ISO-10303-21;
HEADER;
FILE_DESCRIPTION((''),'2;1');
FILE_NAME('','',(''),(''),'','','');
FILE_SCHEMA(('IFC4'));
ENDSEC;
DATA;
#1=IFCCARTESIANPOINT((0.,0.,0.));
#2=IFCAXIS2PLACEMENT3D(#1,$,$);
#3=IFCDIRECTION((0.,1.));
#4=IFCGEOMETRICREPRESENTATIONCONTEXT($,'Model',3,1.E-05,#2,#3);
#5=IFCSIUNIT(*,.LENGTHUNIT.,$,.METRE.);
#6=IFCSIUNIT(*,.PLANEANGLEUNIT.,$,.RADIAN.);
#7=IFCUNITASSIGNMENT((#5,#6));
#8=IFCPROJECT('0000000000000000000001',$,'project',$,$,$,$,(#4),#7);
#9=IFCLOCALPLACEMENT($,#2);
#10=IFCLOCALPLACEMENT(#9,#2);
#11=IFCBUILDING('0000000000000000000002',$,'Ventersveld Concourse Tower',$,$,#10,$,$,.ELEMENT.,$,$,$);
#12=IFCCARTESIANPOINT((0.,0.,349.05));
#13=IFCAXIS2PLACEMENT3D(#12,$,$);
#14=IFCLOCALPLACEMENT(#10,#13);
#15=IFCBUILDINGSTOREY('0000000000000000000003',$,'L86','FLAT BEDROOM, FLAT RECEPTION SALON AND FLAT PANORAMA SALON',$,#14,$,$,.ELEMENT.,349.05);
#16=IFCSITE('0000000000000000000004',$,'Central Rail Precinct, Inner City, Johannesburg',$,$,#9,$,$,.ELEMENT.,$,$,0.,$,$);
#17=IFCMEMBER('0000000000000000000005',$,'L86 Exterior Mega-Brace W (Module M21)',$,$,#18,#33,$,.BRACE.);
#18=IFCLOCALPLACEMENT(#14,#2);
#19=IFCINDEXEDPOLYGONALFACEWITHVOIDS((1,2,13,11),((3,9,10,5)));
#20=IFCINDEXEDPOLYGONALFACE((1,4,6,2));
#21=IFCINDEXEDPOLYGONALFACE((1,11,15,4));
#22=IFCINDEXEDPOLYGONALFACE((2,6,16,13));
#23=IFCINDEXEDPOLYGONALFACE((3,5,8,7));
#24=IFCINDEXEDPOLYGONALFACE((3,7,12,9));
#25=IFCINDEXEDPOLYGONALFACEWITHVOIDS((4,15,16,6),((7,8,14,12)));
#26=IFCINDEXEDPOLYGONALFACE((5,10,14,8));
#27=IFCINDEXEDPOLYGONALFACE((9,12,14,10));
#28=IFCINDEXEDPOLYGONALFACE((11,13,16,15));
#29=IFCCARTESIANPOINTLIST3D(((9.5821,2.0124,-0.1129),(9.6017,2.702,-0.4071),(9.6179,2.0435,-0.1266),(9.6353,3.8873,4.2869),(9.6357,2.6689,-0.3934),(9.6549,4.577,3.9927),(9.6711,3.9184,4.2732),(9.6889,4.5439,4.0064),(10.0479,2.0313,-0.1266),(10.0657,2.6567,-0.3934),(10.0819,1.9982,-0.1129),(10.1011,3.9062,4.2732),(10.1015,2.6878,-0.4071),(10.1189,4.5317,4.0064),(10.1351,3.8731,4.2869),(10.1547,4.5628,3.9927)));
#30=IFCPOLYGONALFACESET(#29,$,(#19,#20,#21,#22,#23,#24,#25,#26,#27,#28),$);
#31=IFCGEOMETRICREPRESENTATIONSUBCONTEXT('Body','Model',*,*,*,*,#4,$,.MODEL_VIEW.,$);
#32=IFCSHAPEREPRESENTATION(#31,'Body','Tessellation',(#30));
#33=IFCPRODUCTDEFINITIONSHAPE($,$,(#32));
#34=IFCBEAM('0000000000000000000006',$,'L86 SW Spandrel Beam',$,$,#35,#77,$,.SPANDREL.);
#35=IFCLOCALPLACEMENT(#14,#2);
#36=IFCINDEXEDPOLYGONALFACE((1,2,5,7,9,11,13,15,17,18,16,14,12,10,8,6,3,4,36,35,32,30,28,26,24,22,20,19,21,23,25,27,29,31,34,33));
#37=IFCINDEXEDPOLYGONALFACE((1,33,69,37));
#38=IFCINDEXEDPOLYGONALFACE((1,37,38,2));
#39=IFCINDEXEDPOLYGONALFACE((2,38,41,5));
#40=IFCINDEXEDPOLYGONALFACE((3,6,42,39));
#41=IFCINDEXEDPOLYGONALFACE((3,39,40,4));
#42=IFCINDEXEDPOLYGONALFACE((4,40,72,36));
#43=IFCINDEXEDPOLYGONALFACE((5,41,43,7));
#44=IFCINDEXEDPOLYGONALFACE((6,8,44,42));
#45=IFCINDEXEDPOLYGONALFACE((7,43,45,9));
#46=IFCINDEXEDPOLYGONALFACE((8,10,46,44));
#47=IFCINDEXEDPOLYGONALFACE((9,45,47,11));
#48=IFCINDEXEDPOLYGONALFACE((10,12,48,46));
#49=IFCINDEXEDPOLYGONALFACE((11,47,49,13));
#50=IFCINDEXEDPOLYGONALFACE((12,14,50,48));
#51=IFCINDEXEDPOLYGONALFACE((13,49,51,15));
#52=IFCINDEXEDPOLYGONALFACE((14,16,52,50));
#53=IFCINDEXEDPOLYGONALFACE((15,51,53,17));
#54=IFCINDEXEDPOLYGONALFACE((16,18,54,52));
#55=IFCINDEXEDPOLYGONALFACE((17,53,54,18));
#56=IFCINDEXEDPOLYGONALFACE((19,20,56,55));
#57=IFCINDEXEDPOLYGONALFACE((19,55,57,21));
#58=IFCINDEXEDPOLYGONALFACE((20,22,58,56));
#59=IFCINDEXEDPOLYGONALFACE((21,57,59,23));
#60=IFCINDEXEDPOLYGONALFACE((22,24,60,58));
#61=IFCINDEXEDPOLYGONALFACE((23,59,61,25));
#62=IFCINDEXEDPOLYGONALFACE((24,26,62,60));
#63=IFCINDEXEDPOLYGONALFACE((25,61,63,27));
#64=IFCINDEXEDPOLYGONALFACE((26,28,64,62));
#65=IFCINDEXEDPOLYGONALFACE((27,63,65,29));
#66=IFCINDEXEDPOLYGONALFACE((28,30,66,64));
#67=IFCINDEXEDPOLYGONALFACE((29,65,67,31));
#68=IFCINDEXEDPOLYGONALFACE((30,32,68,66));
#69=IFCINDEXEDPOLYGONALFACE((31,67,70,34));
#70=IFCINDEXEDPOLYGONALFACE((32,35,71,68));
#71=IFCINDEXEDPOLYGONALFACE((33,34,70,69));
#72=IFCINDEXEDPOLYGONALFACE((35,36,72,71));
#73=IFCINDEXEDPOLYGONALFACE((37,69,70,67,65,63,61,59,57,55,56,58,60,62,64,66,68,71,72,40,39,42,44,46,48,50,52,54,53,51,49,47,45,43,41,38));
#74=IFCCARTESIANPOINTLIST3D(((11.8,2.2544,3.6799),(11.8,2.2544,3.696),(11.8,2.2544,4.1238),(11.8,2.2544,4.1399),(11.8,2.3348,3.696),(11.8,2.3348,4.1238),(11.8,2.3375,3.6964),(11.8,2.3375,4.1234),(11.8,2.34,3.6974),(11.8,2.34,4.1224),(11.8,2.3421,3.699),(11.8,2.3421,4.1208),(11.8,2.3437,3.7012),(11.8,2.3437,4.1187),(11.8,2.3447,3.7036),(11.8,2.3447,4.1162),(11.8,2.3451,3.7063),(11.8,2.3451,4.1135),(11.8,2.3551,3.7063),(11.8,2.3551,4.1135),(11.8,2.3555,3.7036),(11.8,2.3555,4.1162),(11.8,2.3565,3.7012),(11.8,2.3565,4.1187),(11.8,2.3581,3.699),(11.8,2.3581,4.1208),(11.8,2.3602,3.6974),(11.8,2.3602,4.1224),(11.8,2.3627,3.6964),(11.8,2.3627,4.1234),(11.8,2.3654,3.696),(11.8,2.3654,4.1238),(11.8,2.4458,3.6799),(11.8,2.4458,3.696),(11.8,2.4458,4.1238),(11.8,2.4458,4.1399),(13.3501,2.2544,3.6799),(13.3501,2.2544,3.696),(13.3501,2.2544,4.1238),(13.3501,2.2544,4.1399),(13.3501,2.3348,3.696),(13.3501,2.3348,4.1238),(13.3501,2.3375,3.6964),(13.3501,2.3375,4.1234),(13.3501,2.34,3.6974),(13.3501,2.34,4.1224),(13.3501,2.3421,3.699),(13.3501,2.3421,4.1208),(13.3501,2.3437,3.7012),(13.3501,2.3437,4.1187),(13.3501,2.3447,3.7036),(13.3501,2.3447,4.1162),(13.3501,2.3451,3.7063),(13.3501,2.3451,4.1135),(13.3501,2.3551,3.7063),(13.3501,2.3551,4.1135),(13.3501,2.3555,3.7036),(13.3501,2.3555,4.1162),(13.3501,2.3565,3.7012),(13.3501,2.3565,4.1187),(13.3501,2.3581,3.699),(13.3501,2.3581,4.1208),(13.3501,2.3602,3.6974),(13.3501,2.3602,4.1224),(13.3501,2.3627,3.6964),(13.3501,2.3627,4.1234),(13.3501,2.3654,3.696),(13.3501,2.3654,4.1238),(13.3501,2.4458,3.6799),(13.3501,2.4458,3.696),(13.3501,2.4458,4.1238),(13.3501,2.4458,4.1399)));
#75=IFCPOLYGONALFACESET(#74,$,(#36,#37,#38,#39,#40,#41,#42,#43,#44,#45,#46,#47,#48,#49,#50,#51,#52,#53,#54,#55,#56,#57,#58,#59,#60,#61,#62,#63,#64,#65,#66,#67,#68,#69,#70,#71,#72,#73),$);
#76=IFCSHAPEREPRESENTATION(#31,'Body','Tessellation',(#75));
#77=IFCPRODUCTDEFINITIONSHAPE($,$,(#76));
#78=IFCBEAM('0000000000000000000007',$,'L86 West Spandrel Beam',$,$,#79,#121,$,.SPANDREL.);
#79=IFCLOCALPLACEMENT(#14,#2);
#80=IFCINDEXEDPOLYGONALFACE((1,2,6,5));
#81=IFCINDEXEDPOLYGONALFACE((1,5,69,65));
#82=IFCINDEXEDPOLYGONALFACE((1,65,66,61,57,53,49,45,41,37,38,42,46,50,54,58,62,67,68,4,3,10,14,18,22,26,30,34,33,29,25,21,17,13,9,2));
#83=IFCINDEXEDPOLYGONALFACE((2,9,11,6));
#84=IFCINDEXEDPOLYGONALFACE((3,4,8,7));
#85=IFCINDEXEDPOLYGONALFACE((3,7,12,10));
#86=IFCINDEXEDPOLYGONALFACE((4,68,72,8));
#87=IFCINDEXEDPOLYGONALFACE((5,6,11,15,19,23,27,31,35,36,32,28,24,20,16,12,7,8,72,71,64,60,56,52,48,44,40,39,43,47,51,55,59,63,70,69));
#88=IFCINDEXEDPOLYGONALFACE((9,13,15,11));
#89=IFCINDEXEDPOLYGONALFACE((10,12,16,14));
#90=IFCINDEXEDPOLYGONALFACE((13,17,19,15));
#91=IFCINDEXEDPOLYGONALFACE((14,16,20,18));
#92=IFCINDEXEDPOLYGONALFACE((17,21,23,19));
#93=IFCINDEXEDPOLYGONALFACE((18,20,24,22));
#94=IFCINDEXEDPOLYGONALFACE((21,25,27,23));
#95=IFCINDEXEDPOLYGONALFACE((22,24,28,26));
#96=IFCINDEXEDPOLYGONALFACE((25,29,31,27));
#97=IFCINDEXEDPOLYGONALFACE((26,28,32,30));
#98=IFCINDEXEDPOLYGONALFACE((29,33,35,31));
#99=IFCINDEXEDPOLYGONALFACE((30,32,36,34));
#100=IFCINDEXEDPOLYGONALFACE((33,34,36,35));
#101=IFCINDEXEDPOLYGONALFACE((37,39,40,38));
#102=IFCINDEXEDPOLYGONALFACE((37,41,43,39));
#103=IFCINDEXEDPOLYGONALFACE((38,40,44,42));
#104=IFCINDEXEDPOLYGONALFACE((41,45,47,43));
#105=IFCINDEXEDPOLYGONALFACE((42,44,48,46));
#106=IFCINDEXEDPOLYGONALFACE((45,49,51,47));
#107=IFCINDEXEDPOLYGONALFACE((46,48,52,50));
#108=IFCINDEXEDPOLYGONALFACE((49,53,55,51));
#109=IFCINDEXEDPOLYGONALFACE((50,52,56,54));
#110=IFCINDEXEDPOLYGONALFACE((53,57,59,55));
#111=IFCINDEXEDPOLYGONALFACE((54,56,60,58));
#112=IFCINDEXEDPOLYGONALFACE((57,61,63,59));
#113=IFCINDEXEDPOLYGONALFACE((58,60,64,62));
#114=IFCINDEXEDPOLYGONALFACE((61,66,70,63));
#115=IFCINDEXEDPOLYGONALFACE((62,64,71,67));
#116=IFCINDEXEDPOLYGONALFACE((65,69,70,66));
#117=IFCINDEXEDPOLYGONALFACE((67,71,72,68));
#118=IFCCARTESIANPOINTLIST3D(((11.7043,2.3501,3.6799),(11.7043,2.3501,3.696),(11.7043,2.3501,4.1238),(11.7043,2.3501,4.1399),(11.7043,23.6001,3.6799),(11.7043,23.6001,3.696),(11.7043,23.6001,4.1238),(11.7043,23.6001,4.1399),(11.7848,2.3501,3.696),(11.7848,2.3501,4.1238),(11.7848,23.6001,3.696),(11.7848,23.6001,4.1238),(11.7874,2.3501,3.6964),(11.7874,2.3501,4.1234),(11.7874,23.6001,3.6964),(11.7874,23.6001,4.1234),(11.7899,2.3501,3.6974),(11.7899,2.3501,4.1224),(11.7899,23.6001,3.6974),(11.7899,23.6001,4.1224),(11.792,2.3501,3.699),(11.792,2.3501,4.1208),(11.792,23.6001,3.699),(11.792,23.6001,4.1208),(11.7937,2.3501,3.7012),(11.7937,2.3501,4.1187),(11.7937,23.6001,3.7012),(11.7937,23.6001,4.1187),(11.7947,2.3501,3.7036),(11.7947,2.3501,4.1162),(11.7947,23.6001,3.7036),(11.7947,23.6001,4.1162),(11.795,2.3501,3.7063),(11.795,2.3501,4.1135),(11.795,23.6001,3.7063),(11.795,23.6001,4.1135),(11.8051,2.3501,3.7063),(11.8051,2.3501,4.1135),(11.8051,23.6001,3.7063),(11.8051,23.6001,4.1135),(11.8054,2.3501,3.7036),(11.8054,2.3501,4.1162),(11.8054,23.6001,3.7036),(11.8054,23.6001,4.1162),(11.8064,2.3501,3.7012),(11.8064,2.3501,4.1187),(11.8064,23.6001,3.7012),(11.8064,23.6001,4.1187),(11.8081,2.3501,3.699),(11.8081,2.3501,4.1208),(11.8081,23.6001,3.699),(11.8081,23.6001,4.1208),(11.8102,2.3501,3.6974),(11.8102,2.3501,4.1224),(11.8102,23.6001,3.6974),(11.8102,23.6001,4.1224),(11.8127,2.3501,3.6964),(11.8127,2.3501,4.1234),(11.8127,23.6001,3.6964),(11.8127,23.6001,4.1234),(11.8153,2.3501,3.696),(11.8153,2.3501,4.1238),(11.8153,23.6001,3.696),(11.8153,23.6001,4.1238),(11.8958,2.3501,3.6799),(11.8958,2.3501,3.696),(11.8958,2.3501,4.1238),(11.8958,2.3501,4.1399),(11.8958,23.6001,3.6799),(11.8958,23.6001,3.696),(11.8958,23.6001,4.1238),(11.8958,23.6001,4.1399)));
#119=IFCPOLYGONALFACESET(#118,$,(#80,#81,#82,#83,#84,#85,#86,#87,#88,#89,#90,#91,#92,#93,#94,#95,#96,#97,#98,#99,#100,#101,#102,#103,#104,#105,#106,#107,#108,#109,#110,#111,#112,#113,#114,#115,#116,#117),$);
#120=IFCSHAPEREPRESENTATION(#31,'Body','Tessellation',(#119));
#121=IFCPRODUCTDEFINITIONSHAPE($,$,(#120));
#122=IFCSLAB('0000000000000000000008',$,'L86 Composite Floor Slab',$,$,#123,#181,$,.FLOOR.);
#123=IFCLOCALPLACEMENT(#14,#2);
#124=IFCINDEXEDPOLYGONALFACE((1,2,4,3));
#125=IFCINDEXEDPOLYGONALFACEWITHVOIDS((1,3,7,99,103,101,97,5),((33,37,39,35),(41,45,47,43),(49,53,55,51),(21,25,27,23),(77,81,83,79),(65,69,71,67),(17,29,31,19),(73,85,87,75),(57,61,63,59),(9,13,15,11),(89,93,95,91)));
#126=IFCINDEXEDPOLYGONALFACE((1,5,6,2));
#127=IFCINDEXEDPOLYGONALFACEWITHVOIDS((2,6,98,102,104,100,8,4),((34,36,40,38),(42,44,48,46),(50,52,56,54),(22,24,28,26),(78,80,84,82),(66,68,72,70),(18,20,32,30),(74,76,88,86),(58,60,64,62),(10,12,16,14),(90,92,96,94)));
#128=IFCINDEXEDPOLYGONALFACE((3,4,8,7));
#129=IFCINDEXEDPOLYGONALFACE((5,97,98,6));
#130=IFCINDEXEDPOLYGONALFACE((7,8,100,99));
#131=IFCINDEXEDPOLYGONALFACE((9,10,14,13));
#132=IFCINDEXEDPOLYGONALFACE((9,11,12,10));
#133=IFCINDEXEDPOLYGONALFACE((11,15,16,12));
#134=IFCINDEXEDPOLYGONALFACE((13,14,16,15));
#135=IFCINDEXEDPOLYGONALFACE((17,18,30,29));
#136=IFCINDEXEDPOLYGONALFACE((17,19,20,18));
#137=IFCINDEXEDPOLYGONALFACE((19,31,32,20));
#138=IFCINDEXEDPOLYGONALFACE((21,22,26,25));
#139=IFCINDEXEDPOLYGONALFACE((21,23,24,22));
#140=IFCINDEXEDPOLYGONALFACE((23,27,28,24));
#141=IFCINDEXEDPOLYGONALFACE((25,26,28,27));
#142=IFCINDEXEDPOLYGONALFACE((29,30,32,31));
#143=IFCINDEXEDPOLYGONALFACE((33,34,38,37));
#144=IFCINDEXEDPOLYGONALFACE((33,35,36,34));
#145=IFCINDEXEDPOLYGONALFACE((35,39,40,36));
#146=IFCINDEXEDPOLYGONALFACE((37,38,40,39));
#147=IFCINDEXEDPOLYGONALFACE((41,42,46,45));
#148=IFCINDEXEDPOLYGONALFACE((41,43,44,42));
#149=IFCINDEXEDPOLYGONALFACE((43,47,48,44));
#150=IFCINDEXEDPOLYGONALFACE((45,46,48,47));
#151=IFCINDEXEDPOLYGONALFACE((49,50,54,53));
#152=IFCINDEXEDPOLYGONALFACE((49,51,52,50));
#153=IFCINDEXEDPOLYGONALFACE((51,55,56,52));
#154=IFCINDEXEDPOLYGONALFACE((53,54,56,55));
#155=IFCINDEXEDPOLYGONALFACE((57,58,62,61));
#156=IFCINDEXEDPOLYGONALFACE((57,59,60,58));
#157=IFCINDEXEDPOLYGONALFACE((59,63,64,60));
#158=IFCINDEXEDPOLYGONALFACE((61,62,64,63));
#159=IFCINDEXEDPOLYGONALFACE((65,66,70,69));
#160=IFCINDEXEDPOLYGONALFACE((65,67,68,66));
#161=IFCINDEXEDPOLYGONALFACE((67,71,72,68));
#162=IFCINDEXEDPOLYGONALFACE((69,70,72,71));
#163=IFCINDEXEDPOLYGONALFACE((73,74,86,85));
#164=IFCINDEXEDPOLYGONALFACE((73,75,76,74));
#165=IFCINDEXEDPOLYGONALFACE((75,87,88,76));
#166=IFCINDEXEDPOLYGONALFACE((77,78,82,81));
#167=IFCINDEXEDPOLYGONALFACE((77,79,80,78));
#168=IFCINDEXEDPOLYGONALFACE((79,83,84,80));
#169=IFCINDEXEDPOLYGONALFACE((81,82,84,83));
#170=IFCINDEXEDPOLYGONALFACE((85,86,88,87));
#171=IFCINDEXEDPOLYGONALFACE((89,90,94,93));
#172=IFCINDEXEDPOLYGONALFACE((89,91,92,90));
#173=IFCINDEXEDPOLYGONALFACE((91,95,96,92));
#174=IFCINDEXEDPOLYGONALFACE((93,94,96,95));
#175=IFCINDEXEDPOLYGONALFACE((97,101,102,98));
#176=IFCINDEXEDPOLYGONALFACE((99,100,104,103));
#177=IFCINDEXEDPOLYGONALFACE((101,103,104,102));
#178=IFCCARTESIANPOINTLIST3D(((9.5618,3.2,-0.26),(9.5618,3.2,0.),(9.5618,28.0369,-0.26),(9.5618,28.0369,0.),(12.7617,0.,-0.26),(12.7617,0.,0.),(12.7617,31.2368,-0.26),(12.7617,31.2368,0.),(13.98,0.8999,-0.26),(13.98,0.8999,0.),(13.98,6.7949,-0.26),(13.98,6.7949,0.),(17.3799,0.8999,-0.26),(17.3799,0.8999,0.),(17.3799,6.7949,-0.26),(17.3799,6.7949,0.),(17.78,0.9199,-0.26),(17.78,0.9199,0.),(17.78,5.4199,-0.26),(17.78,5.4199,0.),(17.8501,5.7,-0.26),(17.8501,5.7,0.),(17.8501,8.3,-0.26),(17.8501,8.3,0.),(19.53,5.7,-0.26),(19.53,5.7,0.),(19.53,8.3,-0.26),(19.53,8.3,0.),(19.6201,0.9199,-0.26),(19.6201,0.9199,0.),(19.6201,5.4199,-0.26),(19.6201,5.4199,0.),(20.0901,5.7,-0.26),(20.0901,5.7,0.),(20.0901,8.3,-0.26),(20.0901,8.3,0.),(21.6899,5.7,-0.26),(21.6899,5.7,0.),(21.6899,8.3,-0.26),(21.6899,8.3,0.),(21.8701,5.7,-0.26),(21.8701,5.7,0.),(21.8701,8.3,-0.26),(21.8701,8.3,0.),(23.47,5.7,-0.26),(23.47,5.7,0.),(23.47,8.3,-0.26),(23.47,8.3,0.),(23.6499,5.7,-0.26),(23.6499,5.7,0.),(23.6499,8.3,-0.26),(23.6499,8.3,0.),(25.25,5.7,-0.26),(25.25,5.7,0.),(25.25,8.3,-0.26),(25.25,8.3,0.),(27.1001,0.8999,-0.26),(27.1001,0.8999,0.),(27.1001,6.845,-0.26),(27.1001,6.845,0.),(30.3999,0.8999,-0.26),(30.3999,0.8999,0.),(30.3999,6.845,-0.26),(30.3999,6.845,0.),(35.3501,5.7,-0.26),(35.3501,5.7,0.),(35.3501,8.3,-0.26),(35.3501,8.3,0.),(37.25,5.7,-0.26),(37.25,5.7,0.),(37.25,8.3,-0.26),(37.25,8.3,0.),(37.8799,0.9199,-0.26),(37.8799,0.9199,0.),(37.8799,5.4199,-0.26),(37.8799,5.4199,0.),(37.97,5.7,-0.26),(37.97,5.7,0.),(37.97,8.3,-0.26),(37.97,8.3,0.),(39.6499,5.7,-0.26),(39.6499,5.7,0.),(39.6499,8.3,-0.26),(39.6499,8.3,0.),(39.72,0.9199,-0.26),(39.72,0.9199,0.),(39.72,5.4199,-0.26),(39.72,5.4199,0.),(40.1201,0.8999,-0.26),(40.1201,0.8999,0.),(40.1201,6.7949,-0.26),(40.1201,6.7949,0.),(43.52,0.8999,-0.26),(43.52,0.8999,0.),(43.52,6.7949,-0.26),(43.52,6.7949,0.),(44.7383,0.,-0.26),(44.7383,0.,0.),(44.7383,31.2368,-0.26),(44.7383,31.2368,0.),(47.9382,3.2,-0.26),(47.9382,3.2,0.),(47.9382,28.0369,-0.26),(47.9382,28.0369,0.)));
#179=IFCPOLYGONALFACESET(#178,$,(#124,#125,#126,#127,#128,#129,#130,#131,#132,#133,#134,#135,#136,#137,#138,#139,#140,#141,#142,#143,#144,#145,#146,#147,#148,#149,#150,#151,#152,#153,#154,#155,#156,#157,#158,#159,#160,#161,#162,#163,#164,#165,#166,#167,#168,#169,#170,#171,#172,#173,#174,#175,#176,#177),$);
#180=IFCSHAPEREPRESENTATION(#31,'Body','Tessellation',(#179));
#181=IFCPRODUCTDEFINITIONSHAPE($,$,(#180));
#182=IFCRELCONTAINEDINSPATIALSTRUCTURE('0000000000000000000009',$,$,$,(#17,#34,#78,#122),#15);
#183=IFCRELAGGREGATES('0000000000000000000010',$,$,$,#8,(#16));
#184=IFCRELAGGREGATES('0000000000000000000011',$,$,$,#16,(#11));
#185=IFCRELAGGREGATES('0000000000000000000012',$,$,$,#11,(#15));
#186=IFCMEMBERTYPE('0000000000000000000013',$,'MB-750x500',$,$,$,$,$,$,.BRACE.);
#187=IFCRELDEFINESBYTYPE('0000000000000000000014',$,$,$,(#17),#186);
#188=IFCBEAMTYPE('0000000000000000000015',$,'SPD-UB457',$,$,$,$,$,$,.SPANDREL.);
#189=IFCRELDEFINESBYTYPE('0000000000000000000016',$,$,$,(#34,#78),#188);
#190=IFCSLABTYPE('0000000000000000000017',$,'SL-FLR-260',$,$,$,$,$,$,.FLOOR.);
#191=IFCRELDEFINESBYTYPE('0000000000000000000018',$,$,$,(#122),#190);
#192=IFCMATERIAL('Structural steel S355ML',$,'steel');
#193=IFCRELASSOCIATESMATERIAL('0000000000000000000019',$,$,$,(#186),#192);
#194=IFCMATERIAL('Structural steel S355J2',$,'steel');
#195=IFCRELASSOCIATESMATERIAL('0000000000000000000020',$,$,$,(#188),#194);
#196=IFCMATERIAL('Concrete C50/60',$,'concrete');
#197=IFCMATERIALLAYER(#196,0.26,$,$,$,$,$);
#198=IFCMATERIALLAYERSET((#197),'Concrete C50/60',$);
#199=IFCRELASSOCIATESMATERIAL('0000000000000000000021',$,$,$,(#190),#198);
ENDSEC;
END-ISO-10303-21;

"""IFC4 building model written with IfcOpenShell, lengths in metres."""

from ifc_helpers import new_model, si_unit, direction, frame, origin, origin_2d, place, context, subcontext, project, spatial, polyline, hollow_rectangle, i_section, outline, extrude, material, layer, layer_set, material_profile, profile_set, type_object, element, save


model = new_model("IFC4")

# Units and contexts
model_context = context("Model", 3, precision=1e-05, world=origin(), true_north=direction((0.0, 1.0)))
body_context = subcontext(model_context, "Body", "Model", "MODEL_VIEW")
ifc_project = project(units=[si_unit("LENGTHUNIT", "METRE"), si_unit("PLANEANGLEUNIT", "RADIAN")], contexts=[model_context])

# Site, building, storey
site_placement = place(None, origin())
site = spatial("IfcSite", under=ifc_project, at=site_placement, Name="Central Rail Precinct, Inner City, Johannesburg", CompositionType="ELEMENT", RefElevation=0.0)
building_placement = place(site_placement, origin())
building = spatial("IfcBuilding", under=site, at=building_placement, Name="Ventersveld Concourse Tower", CompositionType="ELEMENT")
storey_placement = place(building_placement, frame((0.0, 0.0, 349.05)))
storey = spatial("IfcBuildingStorey", under=building, at=storey_placement, Name="L86", Description="FLAT BEDROOM, FLAT RECEPTION SALON AND FLAT PANORAMA SALON", CompositionType="ELEMENT", Elevation=349.05)

# Shared definitions
ifc_material_1 = material(Name="Concrete C50/60", Category="concrete")

# Shared definitions
ifc_material_2 = material(Name="Structural steel S355J2", Category="steel")

# Member
ifc_material_3 = material(Name="Structural steel S355ML", Category="steel")
ifc_material_profile_1 = material_profile(ifc_material_3, hollow_rectangle(XDim=0.5, YDim=0.75, WallThickness=0.0349, at=origin_2d()), Name="BOX 750x500x35")
ifc_profile_set_1 = profile_set([ifc_material_profile_1], Name="Structural steel S355ML")
member_type = type_object("IfcMemberType", Name="MB-750x500", PredefinedType="BRACE", material=ifc_profile_set_1)
member_placement = place(storey_placement, frame((9.8418, 2.3501, -0.26), z_axis=(0.011127, 0.392009, 0.919894), x_axis=(-0.999597, 0.028374, 0.0)))
element("IfcMember", 1, at=member_placement, inside=storey, type_object=member_type, Name="L86 Exterior Mega-Brace W (Module M21)", PredefinedType="BRACE", context=body_context, shape_type="SweptSolid", body=[
    extrude(hollow_rectangle(XDim=0.5, YDim=0.75, WallThickness=0.0349, at=origin_2d()), origin(), (0.0, 0.0, 1.0), 4.783),
])

# Beams
ifc_material_profile_2 = material_profile(ifc_material_2, i_section(OverallWidth=0.1914, OverallDepth=0.46, WebThickness=0.01, FlangeThickness=0.0161, FilletRadius=0.0103, at=origin_2d()), Name="UB 457x191x82")
ifc_profile_set_2 = profile_set([ifc_material_profile_2], Name="Structural steel S355J2")
beam_type_1 = type_object("IfcBeamType", Name="SPD-UB457", PredefinedType="SPANDREL", material=ifc_profile_set_2)
beam_1_placement = place(storey_placement, frame((11.8, 2.3501, 3.9099), z_axis=(1.0, 0.0, 0.0), x_axis=(0.0, 1.0, 0.0)))
element("IfcBeam", 2, at=beam_1_placement, inside=storey, type_object=beam_type_1, Name="L86 SW Spandrel Beam", PredefinedType="SPANDREL", context=body_context, shape_type="SweptSolid", body=[
    extrude(i_section(OverallWidth=0.1914, OverallDepth=0.46, WebThickness=0.01, FlangeThickness=0.0161, FilletRadius=0.0103, at=origin_2d()), origin(), (0.0, 0.0, 1.0), 1.55),
])
beam_2_placement = place(storey_placement, frame((11.8, 2.3501, 3.9099), z_axis=(0.0, 1.0, 0.0), x_axis=(-1.0, 0.0, 0.0)))
element("IfcBeam", 3, at=beam_2_placement, inside=storey, type_object=beam_type_1, Name="L86 West Spandrel Beam", PredefinedType="SPANDREL", context=body_context, shape_type="SweptSolid", body=[
    extrude(i_section(OverallWidth=0.1914, OverallDepth=0.46, WebThickness=0.01, FlangeThickness=0.0161, FilletRadius=0.0103, at=origin_2d()), origin(), (0.0, 0.0, 1.0), 21.25),
])

# Slab
ifc_layer_1 = layer(ifc_material_1, 0.26)
ifc_layer_set_1 = layer_set([ifc_layer_1], Name="Concrete C50/60")
slab_type_1 = type_object("IfcSlabType", Name="SL-FLR-260", PredefinedType="FLOOR", material=ifc_layer_set_1)
slab_1_placement = place(storey_placement, frame((0.0, 0.0, -0.26)))
element("IfcSlab", 4, at=slab_1_placement, inside=storey, type_object=slab_type_1, Name="L86 Composite Floor Slab", PredefinedType="FLOOR", context=body_context, shape_type="SweptSolid", body=[
    extrude(outline(polyline([(12.7617, 0.0), (44.7383, 0.0), (47.9382, 3.2), (47.9382, 28.0369), (44.7383, 31.2368), (12.7617, 31.2368), (9.5618, 28.0369), (9.5618, 3.2), (12.7617, 0.0)]), holes=[polyline([(13.98, 6.7949), (13.98, 0.8999), (17.3799, 0.8999), (17.3799, 6.7949), (13.98, 6.7949)]), polyline([(40.1201, 6.7949), (40.1201, 0.8999), (43.52, 0.8999), (43.52, 6.7949), (40.1201, 6.7949)]), polyline([(27.1001, 6.845), (27.1001, 0.8999), (30.3999, 0.8999), (30.3999, 6.845), (27.1001, 6.845)]), polyline([(17.8501, 5.7), (19.53, 5.7), (19.53, 8.3), (17.8501, 8.3), (17.8501, 5.7)]), polyline([(37.97, 5.7), (39.6499, 5.7), (39.6499, 8.3), (37.97, 8.3), (37.97, 5.7)]), polyline([(35.3501, 5.7), (37.25, 5.7), (37.25, 8.3), (35.3501, 8.3), (35.3501, 5.7)]), polyline([(20.0901, 5.7), (21.6899, 5.7), (21.6899, 8.3), (20.0901, 8.3), (20.0901, 5.7)]), polyline([(21.8701, 5.7), (23.47, 5.7), (23.47, 8.3), (21.8701, 8.3), (21.8701, 5.7)]), polyline([(23.6499, 5.7), (25.25, 5.7), (25.25, 8.3), (23.6499, 8.3), (23.6499, 5.7)]), polyline([(17.78, 0.9199), (19.6201, 0.9199), (19.6201, 5.4199), (17.78, 5.4199), (17.78, 0.9199)]), polyline([(37.8799, 0.9199), (39.72, 0.9199), (39.72, 5.4199), (37.8799, 5.4199), (37.8799, 0.9199)])]), origin(), (0.0, 0.0, 1.0), 0.26),
])

save(model, "model.ifc")
